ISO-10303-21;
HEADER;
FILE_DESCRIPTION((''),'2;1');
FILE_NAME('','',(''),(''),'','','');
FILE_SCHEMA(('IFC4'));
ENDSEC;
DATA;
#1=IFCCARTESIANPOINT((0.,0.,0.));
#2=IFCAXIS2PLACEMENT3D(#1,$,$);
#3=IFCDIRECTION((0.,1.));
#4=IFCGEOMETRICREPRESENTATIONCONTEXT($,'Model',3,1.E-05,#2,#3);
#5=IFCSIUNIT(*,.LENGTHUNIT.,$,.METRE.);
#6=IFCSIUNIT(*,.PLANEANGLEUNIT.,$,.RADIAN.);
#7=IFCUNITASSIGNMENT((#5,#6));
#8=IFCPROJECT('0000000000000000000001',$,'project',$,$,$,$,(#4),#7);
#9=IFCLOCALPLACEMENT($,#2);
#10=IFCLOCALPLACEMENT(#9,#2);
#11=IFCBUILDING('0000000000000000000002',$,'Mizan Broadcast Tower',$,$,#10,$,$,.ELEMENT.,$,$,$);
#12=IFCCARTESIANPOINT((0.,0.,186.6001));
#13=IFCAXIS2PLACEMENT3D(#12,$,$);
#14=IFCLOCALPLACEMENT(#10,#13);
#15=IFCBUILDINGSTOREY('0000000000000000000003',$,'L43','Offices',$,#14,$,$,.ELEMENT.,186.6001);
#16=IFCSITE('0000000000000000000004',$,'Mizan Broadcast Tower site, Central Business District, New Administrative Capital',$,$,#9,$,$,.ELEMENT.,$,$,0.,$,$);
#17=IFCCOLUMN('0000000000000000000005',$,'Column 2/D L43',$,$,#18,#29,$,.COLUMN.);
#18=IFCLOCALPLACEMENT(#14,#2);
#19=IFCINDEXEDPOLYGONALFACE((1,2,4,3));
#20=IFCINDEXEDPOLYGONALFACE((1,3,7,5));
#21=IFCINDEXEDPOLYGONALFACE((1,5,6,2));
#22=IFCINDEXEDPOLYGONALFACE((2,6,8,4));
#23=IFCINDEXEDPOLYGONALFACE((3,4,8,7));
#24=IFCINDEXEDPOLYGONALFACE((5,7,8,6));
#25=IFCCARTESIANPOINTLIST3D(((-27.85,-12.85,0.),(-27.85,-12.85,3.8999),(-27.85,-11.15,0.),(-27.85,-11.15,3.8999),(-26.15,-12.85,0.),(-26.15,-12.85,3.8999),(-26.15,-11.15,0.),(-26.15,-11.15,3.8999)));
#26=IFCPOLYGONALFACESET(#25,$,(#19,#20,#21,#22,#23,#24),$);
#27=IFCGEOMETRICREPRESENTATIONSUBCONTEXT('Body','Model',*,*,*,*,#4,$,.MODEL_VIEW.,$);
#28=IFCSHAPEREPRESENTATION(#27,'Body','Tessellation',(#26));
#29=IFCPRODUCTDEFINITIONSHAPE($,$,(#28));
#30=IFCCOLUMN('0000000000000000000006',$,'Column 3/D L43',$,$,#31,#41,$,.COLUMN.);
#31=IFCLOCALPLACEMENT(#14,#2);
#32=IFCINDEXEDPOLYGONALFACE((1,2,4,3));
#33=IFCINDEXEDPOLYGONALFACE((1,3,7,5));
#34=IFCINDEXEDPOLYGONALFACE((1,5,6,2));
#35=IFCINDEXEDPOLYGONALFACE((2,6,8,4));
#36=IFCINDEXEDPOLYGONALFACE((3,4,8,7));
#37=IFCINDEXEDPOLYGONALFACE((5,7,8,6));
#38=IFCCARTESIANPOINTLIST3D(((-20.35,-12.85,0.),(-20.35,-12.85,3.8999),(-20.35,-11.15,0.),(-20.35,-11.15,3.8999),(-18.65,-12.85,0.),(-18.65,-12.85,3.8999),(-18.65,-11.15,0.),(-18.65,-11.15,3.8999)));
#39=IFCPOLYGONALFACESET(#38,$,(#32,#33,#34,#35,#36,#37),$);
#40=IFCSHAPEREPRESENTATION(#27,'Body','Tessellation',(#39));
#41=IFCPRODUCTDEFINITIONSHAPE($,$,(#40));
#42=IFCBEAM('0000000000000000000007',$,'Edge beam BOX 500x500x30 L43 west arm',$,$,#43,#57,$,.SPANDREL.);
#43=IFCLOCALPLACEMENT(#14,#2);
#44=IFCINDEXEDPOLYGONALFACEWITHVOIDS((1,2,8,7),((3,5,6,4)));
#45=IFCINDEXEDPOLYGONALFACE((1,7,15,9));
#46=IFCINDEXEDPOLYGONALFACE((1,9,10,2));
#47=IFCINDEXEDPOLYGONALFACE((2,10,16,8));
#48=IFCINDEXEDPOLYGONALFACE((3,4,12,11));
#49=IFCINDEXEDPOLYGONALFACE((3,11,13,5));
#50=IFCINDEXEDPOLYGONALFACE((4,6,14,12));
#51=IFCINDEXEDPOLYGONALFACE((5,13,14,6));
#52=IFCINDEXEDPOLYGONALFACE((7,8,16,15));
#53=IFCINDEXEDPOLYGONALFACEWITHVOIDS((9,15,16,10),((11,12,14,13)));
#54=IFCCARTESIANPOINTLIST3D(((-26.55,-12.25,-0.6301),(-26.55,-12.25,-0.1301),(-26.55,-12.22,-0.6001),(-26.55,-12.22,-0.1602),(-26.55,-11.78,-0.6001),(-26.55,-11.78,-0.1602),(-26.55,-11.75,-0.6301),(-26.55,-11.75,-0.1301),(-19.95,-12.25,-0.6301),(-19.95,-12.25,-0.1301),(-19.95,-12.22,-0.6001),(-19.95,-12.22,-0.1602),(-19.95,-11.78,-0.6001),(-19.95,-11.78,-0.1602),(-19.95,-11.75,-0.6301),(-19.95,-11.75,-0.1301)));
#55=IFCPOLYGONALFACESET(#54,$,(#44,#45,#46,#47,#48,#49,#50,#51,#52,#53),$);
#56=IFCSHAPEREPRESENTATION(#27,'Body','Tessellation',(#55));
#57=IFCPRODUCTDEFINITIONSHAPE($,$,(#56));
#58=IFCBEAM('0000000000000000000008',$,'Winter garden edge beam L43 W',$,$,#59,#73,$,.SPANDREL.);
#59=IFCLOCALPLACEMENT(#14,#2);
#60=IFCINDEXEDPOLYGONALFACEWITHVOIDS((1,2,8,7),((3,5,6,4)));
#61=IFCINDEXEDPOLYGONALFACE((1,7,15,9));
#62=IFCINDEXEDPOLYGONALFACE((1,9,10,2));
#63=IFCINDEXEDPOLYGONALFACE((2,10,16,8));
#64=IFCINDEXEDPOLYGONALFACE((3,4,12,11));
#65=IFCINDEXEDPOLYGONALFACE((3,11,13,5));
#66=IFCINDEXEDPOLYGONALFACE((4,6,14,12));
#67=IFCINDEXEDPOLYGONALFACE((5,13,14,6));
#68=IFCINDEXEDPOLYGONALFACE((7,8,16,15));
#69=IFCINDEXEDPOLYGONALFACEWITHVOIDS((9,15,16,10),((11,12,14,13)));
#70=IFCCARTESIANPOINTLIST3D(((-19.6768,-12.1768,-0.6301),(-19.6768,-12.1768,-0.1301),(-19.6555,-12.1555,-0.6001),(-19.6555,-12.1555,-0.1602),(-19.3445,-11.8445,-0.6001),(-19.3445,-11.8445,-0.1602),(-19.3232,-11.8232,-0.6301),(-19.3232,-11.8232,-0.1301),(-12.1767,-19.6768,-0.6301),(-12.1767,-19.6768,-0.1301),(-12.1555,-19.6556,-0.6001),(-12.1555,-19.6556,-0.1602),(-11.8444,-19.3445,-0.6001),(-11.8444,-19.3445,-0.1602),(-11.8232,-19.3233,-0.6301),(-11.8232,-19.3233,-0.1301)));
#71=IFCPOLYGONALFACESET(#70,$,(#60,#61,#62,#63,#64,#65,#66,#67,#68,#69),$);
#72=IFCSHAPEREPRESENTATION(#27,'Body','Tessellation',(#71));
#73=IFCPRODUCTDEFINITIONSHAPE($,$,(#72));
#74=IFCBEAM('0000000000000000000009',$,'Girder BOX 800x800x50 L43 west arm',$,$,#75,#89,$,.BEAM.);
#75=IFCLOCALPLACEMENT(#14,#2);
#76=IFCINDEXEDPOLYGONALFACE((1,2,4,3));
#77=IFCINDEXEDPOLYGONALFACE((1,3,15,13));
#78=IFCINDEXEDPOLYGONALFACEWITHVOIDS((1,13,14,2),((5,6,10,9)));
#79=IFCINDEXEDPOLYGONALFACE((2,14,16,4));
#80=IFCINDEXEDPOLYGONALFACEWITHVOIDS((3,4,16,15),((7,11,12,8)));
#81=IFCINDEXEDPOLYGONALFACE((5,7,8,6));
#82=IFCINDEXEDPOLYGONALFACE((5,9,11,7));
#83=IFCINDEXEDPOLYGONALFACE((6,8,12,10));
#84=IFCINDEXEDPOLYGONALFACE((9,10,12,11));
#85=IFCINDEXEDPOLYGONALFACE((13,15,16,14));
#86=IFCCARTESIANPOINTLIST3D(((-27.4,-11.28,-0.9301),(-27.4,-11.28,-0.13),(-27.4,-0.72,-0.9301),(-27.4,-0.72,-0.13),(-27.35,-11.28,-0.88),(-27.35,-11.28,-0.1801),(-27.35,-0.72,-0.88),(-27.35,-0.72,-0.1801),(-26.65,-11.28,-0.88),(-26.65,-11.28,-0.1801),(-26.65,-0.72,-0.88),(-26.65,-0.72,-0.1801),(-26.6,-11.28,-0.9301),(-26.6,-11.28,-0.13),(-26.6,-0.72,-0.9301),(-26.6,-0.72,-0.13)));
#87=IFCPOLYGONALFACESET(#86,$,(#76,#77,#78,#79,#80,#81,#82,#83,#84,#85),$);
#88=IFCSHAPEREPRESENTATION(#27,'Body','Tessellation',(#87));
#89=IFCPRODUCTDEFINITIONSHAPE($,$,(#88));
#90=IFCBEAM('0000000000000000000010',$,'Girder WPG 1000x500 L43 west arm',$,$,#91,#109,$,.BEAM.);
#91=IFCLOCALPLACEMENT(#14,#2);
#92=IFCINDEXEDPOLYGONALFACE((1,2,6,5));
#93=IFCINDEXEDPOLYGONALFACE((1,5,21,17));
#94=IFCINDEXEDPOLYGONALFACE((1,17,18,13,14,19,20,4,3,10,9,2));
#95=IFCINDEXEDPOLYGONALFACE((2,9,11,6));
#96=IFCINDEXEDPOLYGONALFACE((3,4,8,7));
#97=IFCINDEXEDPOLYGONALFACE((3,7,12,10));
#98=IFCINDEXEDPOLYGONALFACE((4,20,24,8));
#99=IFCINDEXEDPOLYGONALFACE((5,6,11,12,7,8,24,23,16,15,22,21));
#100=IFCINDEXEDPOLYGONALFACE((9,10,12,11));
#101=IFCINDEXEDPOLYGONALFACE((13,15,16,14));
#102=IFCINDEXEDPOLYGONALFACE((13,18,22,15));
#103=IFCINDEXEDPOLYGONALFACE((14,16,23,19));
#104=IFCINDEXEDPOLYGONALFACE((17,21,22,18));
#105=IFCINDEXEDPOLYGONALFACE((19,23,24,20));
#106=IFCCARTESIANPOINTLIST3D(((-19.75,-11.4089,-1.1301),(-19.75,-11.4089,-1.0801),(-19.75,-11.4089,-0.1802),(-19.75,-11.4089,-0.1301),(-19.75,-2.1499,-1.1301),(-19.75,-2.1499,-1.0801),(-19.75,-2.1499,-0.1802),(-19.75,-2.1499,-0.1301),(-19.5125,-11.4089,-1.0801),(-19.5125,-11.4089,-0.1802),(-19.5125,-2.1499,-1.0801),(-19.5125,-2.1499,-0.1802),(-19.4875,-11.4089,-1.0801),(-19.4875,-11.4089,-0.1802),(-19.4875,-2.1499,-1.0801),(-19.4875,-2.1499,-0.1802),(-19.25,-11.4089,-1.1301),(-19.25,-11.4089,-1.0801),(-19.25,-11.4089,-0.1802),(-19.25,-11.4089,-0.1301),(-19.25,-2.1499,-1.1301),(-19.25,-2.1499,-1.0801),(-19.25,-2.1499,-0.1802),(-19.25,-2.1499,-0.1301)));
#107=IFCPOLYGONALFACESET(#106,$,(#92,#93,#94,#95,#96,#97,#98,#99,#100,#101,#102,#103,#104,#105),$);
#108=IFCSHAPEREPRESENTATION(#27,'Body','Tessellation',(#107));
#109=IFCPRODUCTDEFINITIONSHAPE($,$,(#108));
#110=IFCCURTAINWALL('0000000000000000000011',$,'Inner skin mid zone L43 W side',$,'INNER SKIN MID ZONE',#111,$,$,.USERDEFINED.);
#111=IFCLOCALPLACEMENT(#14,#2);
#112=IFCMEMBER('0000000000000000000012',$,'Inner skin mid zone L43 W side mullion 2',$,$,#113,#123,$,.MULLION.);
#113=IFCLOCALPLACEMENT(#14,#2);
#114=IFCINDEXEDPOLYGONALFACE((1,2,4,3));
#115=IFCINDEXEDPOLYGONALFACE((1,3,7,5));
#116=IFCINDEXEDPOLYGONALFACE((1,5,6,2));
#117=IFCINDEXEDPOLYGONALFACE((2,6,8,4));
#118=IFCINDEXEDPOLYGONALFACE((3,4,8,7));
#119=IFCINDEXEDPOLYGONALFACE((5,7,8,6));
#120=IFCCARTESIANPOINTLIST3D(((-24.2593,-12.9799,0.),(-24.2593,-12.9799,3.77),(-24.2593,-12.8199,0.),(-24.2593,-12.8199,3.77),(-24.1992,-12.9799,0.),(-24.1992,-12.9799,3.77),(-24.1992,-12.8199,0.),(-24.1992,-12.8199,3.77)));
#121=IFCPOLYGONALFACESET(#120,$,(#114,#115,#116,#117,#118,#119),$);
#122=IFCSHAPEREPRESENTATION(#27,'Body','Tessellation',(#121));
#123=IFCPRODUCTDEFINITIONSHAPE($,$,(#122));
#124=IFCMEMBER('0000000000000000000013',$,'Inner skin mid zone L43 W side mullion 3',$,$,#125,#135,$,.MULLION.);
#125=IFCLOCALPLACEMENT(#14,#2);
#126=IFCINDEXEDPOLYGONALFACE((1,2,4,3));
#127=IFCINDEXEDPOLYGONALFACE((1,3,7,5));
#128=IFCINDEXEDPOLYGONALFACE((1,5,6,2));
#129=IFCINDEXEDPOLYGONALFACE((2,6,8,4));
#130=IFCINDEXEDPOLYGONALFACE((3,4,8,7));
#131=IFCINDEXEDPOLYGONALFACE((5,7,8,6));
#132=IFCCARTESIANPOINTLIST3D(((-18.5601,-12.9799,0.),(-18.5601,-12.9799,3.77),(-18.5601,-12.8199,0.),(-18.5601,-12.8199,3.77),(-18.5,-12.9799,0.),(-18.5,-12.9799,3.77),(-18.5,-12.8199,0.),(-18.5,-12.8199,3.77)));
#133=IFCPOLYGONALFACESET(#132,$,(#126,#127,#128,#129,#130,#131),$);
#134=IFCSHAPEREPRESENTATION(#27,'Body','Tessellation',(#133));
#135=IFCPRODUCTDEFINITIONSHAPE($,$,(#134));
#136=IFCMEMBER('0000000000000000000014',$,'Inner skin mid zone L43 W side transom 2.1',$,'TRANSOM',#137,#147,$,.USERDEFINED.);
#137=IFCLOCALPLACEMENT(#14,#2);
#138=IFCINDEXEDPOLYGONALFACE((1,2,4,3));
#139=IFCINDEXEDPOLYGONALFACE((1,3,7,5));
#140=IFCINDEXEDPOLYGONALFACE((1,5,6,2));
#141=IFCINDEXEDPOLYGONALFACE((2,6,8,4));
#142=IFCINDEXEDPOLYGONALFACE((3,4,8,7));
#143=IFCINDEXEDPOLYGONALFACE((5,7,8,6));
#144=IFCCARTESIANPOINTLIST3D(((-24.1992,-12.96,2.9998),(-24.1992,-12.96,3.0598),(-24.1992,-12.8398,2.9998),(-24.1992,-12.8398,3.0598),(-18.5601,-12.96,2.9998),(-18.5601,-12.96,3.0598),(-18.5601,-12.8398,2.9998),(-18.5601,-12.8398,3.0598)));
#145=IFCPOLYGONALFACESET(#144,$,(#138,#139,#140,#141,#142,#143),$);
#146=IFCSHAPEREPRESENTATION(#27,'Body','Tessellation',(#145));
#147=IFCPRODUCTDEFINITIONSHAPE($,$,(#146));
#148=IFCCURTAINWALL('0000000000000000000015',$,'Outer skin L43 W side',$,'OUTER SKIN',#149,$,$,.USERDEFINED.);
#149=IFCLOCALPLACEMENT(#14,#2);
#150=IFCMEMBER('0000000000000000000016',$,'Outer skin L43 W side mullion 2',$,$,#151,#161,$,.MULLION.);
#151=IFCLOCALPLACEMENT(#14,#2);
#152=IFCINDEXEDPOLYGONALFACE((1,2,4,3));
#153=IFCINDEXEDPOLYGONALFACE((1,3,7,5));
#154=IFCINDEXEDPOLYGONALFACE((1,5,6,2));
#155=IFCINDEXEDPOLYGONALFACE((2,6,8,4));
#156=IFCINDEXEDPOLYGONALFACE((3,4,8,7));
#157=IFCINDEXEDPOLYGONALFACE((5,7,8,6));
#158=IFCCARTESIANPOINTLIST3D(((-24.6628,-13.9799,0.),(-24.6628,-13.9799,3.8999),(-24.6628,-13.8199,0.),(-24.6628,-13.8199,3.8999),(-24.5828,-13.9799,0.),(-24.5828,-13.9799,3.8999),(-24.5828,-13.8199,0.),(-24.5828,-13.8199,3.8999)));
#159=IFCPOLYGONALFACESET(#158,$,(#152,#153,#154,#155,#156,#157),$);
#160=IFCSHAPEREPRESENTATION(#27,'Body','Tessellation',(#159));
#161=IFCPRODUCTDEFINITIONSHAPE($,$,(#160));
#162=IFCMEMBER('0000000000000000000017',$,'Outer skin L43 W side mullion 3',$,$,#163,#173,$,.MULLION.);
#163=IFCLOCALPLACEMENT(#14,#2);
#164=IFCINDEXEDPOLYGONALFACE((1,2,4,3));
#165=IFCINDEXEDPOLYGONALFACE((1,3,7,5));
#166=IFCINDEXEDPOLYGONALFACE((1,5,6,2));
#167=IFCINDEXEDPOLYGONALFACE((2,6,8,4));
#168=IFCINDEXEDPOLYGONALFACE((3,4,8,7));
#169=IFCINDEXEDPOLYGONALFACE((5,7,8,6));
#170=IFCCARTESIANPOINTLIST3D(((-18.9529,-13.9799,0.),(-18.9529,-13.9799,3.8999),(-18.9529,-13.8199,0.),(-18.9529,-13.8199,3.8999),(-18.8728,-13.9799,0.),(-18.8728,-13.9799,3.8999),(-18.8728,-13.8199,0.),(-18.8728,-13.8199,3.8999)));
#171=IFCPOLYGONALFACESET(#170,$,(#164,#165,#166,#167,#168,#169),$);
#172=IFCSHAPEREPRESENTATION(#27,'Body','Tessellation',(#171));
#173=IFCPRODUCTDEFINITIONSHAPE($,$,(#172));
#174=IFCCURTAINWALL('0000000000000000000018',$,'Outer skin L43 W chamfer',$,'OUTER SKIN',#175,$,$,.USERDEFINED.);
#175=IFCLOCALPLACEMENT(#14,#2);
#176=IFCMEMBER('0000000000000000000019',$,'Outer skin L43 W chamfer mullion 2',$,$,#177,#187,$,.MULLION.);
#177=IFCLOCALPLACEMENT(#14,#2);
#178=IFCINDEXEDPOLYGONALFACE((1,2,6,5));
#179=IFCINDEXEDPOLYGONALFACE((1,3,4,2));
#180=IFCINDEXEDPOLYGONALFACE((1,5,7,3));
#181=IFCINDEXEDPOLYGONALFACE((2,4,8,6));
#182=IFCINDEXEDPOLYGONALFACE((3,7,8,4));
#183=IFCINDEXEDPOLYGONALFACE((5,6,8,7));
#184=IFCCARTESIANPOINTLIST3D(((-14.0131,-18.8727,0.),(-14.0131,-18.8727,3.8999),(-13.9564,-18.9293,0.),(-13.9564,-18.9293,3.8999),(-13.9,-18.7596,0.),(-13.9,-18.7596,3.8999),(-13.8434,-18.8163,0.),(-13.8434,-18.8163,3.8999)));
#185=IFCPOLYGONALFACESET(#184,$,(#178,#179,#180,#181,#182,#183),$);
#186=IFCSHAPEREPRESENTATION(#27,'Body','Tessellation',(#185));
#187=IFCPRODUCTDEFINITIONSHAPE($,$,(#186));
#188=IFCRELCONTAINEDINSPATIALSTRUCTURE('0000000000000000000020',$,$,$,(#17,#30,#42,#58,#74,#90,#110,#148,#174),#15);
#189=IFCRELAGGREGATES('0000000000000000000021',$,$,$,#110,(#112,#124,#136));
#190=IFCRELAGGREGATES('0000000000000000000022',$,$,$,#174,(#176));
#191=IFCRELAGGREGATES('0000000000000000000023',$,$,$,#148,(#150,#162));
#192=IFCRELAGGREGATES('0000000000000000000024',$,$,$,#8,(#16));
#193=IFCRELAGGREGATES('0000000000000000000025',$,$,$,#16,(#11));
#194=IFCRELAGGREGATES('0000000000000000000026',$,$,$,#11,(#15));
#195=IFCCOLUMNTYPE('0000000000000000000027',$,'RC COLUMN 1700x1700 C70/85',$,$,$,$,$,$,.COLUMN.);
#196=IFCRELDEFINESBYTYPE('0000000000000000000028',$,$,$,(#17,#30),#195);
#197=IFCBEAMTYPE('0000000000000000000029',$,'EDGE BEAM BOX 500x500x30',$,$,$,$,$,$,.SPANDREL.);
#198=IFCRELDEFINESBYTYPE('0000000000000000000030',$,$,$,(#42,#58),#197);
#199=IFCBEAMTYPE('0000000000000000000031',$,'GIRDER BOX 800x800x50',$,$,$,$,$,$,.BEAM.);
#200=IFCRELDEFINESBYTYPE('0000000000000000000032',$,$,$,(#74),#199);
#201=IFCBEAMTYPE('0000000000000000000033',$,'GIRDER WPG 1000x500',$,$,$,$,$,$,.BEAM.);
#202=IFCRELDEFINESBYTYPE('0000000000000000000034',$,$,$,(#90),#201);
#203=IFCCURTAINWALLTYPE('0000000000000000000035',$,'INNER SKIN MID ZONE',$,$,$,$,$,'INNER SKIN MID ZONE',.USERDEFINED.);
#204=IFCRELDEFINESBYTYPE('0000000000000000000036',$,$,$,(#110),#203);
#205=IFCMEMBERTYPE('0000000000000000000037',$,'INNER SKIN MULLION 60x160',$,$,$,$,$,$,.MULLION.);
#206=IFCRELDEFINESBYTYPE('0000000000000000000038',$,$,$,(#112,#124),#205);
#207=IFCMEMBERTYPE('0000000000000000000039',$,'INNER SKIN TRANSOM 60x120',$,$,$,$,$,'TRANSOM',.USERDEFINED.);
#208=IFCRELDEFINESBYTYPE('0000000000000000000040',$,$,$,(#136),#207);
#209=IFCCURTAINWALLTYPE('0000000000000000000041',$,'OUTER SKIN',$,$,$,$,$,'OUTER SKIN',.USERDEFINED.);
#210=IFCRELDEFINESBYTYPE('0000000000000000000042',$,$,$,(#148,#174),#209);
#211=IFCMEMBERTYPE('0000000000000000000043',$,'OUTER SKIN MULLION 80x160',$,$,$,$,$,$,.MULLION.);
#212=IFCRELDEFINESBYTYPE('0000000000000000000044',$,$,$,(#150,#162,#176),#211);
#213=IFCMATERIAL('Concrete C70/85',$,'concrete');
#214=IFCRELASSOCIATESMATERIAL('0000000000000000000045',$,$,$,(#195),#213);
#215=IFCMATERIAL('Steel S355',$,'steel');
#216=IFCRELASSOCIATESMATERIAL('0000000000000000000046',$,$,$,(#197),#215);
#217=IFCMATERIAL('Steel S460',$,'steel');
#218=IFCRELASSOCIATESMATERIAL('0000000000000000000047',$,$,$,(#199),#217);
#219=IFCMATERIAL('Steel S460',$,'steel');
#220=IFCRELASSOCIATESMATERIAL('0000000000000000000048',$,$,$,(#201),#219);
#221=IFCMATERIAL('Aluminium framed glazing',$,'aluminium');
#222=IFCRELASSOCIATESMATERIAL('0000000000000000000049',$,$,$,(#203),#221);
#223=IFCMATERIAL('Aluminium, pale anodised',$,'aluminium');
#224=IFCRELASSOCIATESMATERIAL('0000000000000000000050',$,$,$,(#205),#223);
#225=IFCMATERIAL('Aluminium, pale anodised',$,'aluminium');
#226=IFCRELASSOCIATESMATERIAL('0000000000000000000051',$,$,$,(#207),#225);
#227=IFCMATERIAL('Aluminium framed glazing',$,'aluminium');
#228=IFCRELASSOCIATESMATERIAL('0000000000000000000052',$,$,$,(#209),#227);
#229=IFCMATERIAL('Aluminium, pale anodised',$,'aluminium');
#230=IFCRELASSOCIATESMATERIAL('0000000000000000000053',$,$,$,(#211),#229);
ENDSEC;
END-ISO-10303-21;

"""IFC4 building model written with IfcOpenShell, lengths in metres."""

from ifc_helpers import new_model, si_unit, direction, frame, origin, origin_2d, place, context, subcontext, project, spatial, rectangle, hollow_rectangle, i_section, extrude, material, material_profile, profile_set, type_object, element, aggregate, save


model = new_model("IFC4")

# Units and contexts
model_context = context("Model", 3, precision=1e-05, world=origin(), true_north=direction((0.0, 1.0)))
body_context = subcontext(model_context, "Body", "Model", "MODEL_VIEW")
ifc_project = project(units=[si_unit("LENGTHUNIT", "METRE"), si_unit("PLANEANGLEUNIT", "RADIAN")], contexts=[model_context])

# Site, building, storey
site_placement = place(None, origin())
site = spatial("IfcSite", under=ifc_project, at=site_placement, Name="Mizan Broadcast Tower site, Central Business District, New Administrative Capital", CompositionType="ELEMENT", RefElevation=0.0)
building_placement = place(site_placement, origin())
building = spatial("IfcBuilding", under=site, at=building_placement, Name="Mizan Broadcast Tower", CompositionType="ELEMENT")
storey_placement = place(building_placement, frame((0.0, 0.0, 186.6001)))
storey = spatial("IfcBuildingStorey", under=building, at=storey_placement, Name="L43", Description="Offices", CompositionType="ELEMENT", Elevation=186.6001)

# Columns
ifc_material_1 = material(Name="Concrete C70/85", Category="concrete")
ifc_material_profile_1 = material_profile(ifc_material_1, rectangle(XDim=1.7, YDim=1.7, at=origin_2d()), Name="RC 1700x1700")
ifc_profile_set_1 = profile_set([ifc_material_profile_1], Name="Concrete C70/85")
column_type = type_object("IfcColumnType", Name="RC COLUMN 1700x1700 C70/85", PredefinedType="COLUMN", material=ifc_profile_set_1)
for number, where, z_axis, x_axis, name in (
    (1, (-27.0, -12.0, 0.0), (0.0, 0.0, 1.0), (1.0, 0.0, 0.0), "Column 2/D L43"),
    (2, (-19.5, -12.0, 0.0), (0.0, 0.0, 1.0), (1.0, 0.0, 0.0), "Column 3/D L43"),
):
    element("IfcColumn", number, at=place(storey_placement, frame(where, z_axis=z_axis, x_axis=x_axis)), inside=storey, type_object=column_type, Name=name, PredefinedType="COLUMN", context=body_context, shape_type="SweptSolid", body=[
        extrude(rectangle(XDim=1.7, YDim=1.7, at=origin_2d()), origin(), (0.0, 0.0, 1.0), 3.8999),
    ])

# Beams
ifc_material_2 = material(Name="Steel S355", Category="steel")
ifc_material_profile_2 = material_profile(ifc_material_2, hollow_rectangle(XDim=0.5, YDim=0.5, WallThickness=0.03, at=origin_2d()), Name="BOX 500x500x30")
ifc_profile_set_2 = profile_set([ifc_material_profile_2], Name="Steel S355")
beam_type_1 = type_object("IfcBeamType", Name="EDGE BEAM BOX 500x500x30", PredefinedType="SPANDREL", material=ifc_profile_set_2)
beam_1_placement = place(storey_placement, frame((-19.95, -12.0, -0.3801), z_axis=(-1.0, 0.0, 0.0), x_axis=(0.0, -1.0, 0.0)))
element("IfcBeam", 3, at=beam_1_placement, inside=storey, type_object=beam_type_1, Name="Edge beam BOX 500x500x30 L43 west arm", PredefinedType="SPANDREL", context=body_context, shape_type="SweptSolid", body=[
    extrude(hollow_rectangle(XDim=0.5, YDim=0.5, WallThickness=0.03, at=origin_2d()), origin(), (0.0, 0.0, 1.0), 6.6001),
])
beam_2_placement = place(storey_placement, frame((-19.5, -12.0, -0.3801), z_axis=(0.707107, -0.707107, 0.0), x_axis=(0.707107, 0.707107, 0.0)))
element("IfcBeam", 4, at=beam_2_placement, inside=storey, type_object=beam_type_1, Name="Winter garden edge beam L43 W", PredefinedType="SPANDREL", context=body_context, shape_type="SweptSolid", body=[
    extrude(hollow_rectangle(XDim=0.5, YDim=0.5, WallThickness=0.03, at=origin_2d()), origin(), (0.0, 0.0, 1.0), 10.6067),
])
ifc_material_3 = material(Name="Steel S460", Category="steel")
ifc_material_profile_3 = material_profile(ifc_material_3, hollow_rectangle(XDim=0.8, YDim=0.8, WallThickness=0.05, at=origin_2d()), Name="BOX 800x800x50")
ifc_profile_set_3 = profile_set([ifc_material_profile_3], Name="Steel S460")
beam_type_2 = type_object("IfcBeamType", Name="GIRDER BOX 800x800x50", PredefinedType="BEAM", material=ifc_profile_set_3)
beam_3_placement = place(storey_placement, frame((-27.0, -11.28, -0.53), z_axis=(0.0, 1.0, 0.0), x_axis=(-1.0, 0.0, 0.0)))
element("IfcBeam", 5, at=beam_3_placement, inside=storey, type_object=beam_type_2, Name="Girder BOX 800x800x50 L43 west arm", PredefinedType="BEAM", context=body_context, shape_type="SweptSolid", body=[
    extrude(hollow_rectangle(XDim=0.8, YDim=0.8, WallThickness=0.05, at=origin_2d()), origin(), (0.0, 0.0, 1.0), 10.5601),
])
ifc_material_4 = material(Name="Steel S460", Category="steel")
ifc_material_profile_4 = material_profile(ifc_material_4, i_section(OverallWidth=0.5, OverallDepth=1.0, WebThickness=0.0249, FlangeThickness=0.05, at=origin_2d()), Name="WPG 1000x500")
ifc_profile_set_4 = profile_set([ifc_material_profile_4], Name="Steel S460")
beam_type_3 = type_object("IfcBeamType", Name="GIRDER WPG 1000x500", PredefinedType="BEAM", material=ifc_profile_set_4)
beam_4_placement = place(storey_placement, frame((-19.5, -11.4089, -0.6301), z_axis=(0.0, 1.0, 0.0), x_axis=(-1.0, 0.0, 0.0)))
element("IfcBeam", 6, at=beam_4_placement, inside=storey, type_object=beam_type_3, Name="Girder WPG 1000x500 L43 west arm", PredefinedType="BEAM", context=body_context, shape_type="SweptSolid", body=[
    extrude(i_section(OverallWidth=0.5, OverallDepth=1.0, WebThickness=0.0249, FlangeThickness=0.05, at=origin_2d()), origin(), (0.0, 0.0, 1.0), 9.259),
])

# Curtain walls, members
ifc_material_5 = material(Name="Aluminium framed glazing", Category="aluminium")
curtain_wall_type_1 = type_object("IfcCurtainWallType", Name="INNER SKIN MID ZONE", ElementType="INNER SKIN MID ZONE", PredefinedType="USERDEFINED", material=ifc_material_5)
curtain_wall_1_placement = place(storey_placement, origin())
curtain_wall_1 = element("IfcCurtainWall", 7, at=curtain_wall_1_placement, inside=storey, type_object=curtain_wall_type_1, Name="Inner skin mid zone L43 W side", ObjectType="INNER SKIN MID ZONE", PredefinedType="USERDEFINED")
ifc_material_6 = material(Name="Aluminium, pale anodised", Category="aluminium")
ifc_material_profile_5 = material_profile(ifc_material_6, rectangle(XDim=0.1599, YDim=0.0601, at=origin_2d()), Name="MULLION 160x60")
ifc_profile_set_5 = profile_set([ifc_material_profile_5], Name="Aluminium, pale anodised")
member_type_1 = type_object("IfcMemberType", Name="INNER SKIN MULLION 60x160", PredefinedType="MULLION", material=ifc_profile_set_5)
member_1_placement = place(storey_placement, frame((-24.2292, -12.8999, 0.0), z_axis=(0.0, 0.0, 1.0), x_axis=(0.0, 1.0, 0.0)))
member_1 = element("IfcMember", 8, at=member_1_placement, type_object=member_type_1, Name="Inner skin mid zone L43 W side mullion 2", PredefinedType="MULLION", context=body_context, shape_type="SweptSolid", body=[
    extrude(rectangle(XDim=0.1599, YDim=0.0601, at=origin_2d()), origin(), (0.0, 0.0, 1.0), 3.77),
])
member_2_placement = place(storey_placement, frame((-18.53, -12.8999, 0.0), z_axis=(0.0, 0.0, 1.0), x_axis=(0.0, 1.0, 0.0)))
member_2 = element("IfcMember", 9, at=member_2_placement, type_object=member_type_1, Name="Inner skin mid zone L43 W side mullion 3", PredefinedType="MULLION", context=body_context, shape_type="SweptSolid", body=[
    extrude(rectangle(XDim=0.1599, YDim=0.0601, at=origin_2d()), origin(), (0.0, 0.0, 1.0), 3.77),
])
ifc_material_7 = material(Name="Aluminium, pale anodised", Category="aluminium")
ifc_material_profile_6 = material_profile(ifc_material_7, rectangle(XDim=0.1201, YDim=0.0601, at=origin_2d()), Name="TRANSOM 120x60")
ifc_profile_set_6 = profile_set([ifc_material_profile_6], Name="Aluminium, pale anodised")
member_type_2 = type_object("IfcMemberType", Name="INNER SKIN TRANSOM 60x120", ElementType="TRANSOM", PredefinedType="USERDEFINED", material=ifc_profile_set_6)
member_3_placement = place(storey_placement, frame((-24.1992, -12.8999, 3.0298), z_axis=(1.0, 0.0, 0.0), x_axis=(0.0, 1.0, 0.0)))
member_3 = element("IfcMember", 10, at=member_3_placement, type_object=member_type_2, Name="Inner skin mid zone L43 W side transom 2.1", ObjectType="TRANSOM", PredefinedType="USERDEFINED", context=body_context, shape_type="SweptSolid", body=[
    extrude(rectangle(XDim=0.1201, YDim=0.0601, at=origin_2d()), origin(), (0.0, 0.0, 1.0), 5.6392),
])
ifc_material_8 = material(Name="Aluminium framed glazing", Category="aluminium")
curtain_wall_type_2 = type_object("IfcCurtainWallType", Name="OUTER SKIN", ElementType="OUTER SKIN", PredefinedType="USERDEFINED", material=ifc_material_8)
curtain_wall_2_placement = place(storey_placement, origin())
curtain_wall_2 = element("IfcCurtainWall", 11, at=curtain_wall_2_placement, inside=storey, type_object=curtain_wall_type_2, Name="Outer skin L43 W side", ObjectType="OUTER SKIN", PredefinedType="USERDEFINED")
ifc_material_9 = material(Name="Aluminium, pale anodised", Category="aluminium")
ifc_material_profile_7 = material_profile(ifc_material_9, rectangle(XDim=0.1599, YDim=0.0801, at=origin_2d()), Name="MULLION 160x80")
ifc_profile_set_7 = profile_set([ifc_material_profile_7], Name="Aluminium, pale anodised")
member_type_3 = type_object("IfcMemberType", Name="OUTER SKIN MULLION 80x160", PredefinedType="MULLION", material=ifc_profile_set_7)
member_4_placement = place(storey_placement, frame((-24.6228, -13.8999, 0.0), z_axis=(0.0, 0.0, 1.0), x_axis=(0.0, 1.0, 0.0)))
member_4 = element("IfcMember", 12, at=member_4_placement, type_object=member_type_3, Name="Outer skin L43 W side mullion 2", PredefinedType="MULLION", context=body_context, shape_type="SweptSolid", body=[
    extrude(rectangle(XDim=0.1599, YDim=0.0801, at=origin_2d()), origin(), (0.0, 0.0, 1.0), 3.8999),
])
member_5_placement = place(storey_placement, frame((-18.9128, -13.8999, 0.0), z_axis=(0.0, 0.0, 1.0), x_axis=(0.0, 1.0, 0.0)))
member_5 = element("IfcMember", 13, at=member_5_placement, type_object=member_type_3, Name="Outer skin L43 W side mullion 3", PredefinedType="MULLION", context=body_context, shape_type="SweptSolid", body=[
    extrude(rectangle(XDim=0.1599, YDim=0.0801, at=origin_2d()), origin(), (0.0, 0.0, 1.0), 3.8999),
])

# Curtain wall, member
curtain_wall_3_placement = place(storey_placement, origin())
curtain_wall_3 = element("IfcCurtainWall", 14, at=curtain_wall_3_placement, inside=storey, type_object=curtain_wall_type_2, Name="Outer skin L43 W chamfer", ObjectType="OUTER SKIN", PredefinedType="USERDEFINED")
member_6_placement = place(storey_placement, frame((-13.9282, -18.8445, 0.0), z_axis=(0.0, 0.0, 1.0), x_axis=(0.707107, 0.707107, 0.0)))
member_6 = element("IfcMember", 15, at=member_6_placement, type_object=member_type_3, Name="Outer skin L43 W chamfer mullion 2", PredefinedType="MULLION", context=body_context, shape_type="SweptSolid", body=[
    extrude(rectangle(XDim=0.1599, YDim=0.0801, at=origin_2d()), origin(), (0.0, 0.0, 1.0), 3.8999),
])

aggregate(curtain_wall_1, [member_1, member_2, member_3])
aggregate(curtain_wall_3, [member_6])
aggregate(curtain_wall_2, [member_4, member_5])

save(model, "model.ifc")
